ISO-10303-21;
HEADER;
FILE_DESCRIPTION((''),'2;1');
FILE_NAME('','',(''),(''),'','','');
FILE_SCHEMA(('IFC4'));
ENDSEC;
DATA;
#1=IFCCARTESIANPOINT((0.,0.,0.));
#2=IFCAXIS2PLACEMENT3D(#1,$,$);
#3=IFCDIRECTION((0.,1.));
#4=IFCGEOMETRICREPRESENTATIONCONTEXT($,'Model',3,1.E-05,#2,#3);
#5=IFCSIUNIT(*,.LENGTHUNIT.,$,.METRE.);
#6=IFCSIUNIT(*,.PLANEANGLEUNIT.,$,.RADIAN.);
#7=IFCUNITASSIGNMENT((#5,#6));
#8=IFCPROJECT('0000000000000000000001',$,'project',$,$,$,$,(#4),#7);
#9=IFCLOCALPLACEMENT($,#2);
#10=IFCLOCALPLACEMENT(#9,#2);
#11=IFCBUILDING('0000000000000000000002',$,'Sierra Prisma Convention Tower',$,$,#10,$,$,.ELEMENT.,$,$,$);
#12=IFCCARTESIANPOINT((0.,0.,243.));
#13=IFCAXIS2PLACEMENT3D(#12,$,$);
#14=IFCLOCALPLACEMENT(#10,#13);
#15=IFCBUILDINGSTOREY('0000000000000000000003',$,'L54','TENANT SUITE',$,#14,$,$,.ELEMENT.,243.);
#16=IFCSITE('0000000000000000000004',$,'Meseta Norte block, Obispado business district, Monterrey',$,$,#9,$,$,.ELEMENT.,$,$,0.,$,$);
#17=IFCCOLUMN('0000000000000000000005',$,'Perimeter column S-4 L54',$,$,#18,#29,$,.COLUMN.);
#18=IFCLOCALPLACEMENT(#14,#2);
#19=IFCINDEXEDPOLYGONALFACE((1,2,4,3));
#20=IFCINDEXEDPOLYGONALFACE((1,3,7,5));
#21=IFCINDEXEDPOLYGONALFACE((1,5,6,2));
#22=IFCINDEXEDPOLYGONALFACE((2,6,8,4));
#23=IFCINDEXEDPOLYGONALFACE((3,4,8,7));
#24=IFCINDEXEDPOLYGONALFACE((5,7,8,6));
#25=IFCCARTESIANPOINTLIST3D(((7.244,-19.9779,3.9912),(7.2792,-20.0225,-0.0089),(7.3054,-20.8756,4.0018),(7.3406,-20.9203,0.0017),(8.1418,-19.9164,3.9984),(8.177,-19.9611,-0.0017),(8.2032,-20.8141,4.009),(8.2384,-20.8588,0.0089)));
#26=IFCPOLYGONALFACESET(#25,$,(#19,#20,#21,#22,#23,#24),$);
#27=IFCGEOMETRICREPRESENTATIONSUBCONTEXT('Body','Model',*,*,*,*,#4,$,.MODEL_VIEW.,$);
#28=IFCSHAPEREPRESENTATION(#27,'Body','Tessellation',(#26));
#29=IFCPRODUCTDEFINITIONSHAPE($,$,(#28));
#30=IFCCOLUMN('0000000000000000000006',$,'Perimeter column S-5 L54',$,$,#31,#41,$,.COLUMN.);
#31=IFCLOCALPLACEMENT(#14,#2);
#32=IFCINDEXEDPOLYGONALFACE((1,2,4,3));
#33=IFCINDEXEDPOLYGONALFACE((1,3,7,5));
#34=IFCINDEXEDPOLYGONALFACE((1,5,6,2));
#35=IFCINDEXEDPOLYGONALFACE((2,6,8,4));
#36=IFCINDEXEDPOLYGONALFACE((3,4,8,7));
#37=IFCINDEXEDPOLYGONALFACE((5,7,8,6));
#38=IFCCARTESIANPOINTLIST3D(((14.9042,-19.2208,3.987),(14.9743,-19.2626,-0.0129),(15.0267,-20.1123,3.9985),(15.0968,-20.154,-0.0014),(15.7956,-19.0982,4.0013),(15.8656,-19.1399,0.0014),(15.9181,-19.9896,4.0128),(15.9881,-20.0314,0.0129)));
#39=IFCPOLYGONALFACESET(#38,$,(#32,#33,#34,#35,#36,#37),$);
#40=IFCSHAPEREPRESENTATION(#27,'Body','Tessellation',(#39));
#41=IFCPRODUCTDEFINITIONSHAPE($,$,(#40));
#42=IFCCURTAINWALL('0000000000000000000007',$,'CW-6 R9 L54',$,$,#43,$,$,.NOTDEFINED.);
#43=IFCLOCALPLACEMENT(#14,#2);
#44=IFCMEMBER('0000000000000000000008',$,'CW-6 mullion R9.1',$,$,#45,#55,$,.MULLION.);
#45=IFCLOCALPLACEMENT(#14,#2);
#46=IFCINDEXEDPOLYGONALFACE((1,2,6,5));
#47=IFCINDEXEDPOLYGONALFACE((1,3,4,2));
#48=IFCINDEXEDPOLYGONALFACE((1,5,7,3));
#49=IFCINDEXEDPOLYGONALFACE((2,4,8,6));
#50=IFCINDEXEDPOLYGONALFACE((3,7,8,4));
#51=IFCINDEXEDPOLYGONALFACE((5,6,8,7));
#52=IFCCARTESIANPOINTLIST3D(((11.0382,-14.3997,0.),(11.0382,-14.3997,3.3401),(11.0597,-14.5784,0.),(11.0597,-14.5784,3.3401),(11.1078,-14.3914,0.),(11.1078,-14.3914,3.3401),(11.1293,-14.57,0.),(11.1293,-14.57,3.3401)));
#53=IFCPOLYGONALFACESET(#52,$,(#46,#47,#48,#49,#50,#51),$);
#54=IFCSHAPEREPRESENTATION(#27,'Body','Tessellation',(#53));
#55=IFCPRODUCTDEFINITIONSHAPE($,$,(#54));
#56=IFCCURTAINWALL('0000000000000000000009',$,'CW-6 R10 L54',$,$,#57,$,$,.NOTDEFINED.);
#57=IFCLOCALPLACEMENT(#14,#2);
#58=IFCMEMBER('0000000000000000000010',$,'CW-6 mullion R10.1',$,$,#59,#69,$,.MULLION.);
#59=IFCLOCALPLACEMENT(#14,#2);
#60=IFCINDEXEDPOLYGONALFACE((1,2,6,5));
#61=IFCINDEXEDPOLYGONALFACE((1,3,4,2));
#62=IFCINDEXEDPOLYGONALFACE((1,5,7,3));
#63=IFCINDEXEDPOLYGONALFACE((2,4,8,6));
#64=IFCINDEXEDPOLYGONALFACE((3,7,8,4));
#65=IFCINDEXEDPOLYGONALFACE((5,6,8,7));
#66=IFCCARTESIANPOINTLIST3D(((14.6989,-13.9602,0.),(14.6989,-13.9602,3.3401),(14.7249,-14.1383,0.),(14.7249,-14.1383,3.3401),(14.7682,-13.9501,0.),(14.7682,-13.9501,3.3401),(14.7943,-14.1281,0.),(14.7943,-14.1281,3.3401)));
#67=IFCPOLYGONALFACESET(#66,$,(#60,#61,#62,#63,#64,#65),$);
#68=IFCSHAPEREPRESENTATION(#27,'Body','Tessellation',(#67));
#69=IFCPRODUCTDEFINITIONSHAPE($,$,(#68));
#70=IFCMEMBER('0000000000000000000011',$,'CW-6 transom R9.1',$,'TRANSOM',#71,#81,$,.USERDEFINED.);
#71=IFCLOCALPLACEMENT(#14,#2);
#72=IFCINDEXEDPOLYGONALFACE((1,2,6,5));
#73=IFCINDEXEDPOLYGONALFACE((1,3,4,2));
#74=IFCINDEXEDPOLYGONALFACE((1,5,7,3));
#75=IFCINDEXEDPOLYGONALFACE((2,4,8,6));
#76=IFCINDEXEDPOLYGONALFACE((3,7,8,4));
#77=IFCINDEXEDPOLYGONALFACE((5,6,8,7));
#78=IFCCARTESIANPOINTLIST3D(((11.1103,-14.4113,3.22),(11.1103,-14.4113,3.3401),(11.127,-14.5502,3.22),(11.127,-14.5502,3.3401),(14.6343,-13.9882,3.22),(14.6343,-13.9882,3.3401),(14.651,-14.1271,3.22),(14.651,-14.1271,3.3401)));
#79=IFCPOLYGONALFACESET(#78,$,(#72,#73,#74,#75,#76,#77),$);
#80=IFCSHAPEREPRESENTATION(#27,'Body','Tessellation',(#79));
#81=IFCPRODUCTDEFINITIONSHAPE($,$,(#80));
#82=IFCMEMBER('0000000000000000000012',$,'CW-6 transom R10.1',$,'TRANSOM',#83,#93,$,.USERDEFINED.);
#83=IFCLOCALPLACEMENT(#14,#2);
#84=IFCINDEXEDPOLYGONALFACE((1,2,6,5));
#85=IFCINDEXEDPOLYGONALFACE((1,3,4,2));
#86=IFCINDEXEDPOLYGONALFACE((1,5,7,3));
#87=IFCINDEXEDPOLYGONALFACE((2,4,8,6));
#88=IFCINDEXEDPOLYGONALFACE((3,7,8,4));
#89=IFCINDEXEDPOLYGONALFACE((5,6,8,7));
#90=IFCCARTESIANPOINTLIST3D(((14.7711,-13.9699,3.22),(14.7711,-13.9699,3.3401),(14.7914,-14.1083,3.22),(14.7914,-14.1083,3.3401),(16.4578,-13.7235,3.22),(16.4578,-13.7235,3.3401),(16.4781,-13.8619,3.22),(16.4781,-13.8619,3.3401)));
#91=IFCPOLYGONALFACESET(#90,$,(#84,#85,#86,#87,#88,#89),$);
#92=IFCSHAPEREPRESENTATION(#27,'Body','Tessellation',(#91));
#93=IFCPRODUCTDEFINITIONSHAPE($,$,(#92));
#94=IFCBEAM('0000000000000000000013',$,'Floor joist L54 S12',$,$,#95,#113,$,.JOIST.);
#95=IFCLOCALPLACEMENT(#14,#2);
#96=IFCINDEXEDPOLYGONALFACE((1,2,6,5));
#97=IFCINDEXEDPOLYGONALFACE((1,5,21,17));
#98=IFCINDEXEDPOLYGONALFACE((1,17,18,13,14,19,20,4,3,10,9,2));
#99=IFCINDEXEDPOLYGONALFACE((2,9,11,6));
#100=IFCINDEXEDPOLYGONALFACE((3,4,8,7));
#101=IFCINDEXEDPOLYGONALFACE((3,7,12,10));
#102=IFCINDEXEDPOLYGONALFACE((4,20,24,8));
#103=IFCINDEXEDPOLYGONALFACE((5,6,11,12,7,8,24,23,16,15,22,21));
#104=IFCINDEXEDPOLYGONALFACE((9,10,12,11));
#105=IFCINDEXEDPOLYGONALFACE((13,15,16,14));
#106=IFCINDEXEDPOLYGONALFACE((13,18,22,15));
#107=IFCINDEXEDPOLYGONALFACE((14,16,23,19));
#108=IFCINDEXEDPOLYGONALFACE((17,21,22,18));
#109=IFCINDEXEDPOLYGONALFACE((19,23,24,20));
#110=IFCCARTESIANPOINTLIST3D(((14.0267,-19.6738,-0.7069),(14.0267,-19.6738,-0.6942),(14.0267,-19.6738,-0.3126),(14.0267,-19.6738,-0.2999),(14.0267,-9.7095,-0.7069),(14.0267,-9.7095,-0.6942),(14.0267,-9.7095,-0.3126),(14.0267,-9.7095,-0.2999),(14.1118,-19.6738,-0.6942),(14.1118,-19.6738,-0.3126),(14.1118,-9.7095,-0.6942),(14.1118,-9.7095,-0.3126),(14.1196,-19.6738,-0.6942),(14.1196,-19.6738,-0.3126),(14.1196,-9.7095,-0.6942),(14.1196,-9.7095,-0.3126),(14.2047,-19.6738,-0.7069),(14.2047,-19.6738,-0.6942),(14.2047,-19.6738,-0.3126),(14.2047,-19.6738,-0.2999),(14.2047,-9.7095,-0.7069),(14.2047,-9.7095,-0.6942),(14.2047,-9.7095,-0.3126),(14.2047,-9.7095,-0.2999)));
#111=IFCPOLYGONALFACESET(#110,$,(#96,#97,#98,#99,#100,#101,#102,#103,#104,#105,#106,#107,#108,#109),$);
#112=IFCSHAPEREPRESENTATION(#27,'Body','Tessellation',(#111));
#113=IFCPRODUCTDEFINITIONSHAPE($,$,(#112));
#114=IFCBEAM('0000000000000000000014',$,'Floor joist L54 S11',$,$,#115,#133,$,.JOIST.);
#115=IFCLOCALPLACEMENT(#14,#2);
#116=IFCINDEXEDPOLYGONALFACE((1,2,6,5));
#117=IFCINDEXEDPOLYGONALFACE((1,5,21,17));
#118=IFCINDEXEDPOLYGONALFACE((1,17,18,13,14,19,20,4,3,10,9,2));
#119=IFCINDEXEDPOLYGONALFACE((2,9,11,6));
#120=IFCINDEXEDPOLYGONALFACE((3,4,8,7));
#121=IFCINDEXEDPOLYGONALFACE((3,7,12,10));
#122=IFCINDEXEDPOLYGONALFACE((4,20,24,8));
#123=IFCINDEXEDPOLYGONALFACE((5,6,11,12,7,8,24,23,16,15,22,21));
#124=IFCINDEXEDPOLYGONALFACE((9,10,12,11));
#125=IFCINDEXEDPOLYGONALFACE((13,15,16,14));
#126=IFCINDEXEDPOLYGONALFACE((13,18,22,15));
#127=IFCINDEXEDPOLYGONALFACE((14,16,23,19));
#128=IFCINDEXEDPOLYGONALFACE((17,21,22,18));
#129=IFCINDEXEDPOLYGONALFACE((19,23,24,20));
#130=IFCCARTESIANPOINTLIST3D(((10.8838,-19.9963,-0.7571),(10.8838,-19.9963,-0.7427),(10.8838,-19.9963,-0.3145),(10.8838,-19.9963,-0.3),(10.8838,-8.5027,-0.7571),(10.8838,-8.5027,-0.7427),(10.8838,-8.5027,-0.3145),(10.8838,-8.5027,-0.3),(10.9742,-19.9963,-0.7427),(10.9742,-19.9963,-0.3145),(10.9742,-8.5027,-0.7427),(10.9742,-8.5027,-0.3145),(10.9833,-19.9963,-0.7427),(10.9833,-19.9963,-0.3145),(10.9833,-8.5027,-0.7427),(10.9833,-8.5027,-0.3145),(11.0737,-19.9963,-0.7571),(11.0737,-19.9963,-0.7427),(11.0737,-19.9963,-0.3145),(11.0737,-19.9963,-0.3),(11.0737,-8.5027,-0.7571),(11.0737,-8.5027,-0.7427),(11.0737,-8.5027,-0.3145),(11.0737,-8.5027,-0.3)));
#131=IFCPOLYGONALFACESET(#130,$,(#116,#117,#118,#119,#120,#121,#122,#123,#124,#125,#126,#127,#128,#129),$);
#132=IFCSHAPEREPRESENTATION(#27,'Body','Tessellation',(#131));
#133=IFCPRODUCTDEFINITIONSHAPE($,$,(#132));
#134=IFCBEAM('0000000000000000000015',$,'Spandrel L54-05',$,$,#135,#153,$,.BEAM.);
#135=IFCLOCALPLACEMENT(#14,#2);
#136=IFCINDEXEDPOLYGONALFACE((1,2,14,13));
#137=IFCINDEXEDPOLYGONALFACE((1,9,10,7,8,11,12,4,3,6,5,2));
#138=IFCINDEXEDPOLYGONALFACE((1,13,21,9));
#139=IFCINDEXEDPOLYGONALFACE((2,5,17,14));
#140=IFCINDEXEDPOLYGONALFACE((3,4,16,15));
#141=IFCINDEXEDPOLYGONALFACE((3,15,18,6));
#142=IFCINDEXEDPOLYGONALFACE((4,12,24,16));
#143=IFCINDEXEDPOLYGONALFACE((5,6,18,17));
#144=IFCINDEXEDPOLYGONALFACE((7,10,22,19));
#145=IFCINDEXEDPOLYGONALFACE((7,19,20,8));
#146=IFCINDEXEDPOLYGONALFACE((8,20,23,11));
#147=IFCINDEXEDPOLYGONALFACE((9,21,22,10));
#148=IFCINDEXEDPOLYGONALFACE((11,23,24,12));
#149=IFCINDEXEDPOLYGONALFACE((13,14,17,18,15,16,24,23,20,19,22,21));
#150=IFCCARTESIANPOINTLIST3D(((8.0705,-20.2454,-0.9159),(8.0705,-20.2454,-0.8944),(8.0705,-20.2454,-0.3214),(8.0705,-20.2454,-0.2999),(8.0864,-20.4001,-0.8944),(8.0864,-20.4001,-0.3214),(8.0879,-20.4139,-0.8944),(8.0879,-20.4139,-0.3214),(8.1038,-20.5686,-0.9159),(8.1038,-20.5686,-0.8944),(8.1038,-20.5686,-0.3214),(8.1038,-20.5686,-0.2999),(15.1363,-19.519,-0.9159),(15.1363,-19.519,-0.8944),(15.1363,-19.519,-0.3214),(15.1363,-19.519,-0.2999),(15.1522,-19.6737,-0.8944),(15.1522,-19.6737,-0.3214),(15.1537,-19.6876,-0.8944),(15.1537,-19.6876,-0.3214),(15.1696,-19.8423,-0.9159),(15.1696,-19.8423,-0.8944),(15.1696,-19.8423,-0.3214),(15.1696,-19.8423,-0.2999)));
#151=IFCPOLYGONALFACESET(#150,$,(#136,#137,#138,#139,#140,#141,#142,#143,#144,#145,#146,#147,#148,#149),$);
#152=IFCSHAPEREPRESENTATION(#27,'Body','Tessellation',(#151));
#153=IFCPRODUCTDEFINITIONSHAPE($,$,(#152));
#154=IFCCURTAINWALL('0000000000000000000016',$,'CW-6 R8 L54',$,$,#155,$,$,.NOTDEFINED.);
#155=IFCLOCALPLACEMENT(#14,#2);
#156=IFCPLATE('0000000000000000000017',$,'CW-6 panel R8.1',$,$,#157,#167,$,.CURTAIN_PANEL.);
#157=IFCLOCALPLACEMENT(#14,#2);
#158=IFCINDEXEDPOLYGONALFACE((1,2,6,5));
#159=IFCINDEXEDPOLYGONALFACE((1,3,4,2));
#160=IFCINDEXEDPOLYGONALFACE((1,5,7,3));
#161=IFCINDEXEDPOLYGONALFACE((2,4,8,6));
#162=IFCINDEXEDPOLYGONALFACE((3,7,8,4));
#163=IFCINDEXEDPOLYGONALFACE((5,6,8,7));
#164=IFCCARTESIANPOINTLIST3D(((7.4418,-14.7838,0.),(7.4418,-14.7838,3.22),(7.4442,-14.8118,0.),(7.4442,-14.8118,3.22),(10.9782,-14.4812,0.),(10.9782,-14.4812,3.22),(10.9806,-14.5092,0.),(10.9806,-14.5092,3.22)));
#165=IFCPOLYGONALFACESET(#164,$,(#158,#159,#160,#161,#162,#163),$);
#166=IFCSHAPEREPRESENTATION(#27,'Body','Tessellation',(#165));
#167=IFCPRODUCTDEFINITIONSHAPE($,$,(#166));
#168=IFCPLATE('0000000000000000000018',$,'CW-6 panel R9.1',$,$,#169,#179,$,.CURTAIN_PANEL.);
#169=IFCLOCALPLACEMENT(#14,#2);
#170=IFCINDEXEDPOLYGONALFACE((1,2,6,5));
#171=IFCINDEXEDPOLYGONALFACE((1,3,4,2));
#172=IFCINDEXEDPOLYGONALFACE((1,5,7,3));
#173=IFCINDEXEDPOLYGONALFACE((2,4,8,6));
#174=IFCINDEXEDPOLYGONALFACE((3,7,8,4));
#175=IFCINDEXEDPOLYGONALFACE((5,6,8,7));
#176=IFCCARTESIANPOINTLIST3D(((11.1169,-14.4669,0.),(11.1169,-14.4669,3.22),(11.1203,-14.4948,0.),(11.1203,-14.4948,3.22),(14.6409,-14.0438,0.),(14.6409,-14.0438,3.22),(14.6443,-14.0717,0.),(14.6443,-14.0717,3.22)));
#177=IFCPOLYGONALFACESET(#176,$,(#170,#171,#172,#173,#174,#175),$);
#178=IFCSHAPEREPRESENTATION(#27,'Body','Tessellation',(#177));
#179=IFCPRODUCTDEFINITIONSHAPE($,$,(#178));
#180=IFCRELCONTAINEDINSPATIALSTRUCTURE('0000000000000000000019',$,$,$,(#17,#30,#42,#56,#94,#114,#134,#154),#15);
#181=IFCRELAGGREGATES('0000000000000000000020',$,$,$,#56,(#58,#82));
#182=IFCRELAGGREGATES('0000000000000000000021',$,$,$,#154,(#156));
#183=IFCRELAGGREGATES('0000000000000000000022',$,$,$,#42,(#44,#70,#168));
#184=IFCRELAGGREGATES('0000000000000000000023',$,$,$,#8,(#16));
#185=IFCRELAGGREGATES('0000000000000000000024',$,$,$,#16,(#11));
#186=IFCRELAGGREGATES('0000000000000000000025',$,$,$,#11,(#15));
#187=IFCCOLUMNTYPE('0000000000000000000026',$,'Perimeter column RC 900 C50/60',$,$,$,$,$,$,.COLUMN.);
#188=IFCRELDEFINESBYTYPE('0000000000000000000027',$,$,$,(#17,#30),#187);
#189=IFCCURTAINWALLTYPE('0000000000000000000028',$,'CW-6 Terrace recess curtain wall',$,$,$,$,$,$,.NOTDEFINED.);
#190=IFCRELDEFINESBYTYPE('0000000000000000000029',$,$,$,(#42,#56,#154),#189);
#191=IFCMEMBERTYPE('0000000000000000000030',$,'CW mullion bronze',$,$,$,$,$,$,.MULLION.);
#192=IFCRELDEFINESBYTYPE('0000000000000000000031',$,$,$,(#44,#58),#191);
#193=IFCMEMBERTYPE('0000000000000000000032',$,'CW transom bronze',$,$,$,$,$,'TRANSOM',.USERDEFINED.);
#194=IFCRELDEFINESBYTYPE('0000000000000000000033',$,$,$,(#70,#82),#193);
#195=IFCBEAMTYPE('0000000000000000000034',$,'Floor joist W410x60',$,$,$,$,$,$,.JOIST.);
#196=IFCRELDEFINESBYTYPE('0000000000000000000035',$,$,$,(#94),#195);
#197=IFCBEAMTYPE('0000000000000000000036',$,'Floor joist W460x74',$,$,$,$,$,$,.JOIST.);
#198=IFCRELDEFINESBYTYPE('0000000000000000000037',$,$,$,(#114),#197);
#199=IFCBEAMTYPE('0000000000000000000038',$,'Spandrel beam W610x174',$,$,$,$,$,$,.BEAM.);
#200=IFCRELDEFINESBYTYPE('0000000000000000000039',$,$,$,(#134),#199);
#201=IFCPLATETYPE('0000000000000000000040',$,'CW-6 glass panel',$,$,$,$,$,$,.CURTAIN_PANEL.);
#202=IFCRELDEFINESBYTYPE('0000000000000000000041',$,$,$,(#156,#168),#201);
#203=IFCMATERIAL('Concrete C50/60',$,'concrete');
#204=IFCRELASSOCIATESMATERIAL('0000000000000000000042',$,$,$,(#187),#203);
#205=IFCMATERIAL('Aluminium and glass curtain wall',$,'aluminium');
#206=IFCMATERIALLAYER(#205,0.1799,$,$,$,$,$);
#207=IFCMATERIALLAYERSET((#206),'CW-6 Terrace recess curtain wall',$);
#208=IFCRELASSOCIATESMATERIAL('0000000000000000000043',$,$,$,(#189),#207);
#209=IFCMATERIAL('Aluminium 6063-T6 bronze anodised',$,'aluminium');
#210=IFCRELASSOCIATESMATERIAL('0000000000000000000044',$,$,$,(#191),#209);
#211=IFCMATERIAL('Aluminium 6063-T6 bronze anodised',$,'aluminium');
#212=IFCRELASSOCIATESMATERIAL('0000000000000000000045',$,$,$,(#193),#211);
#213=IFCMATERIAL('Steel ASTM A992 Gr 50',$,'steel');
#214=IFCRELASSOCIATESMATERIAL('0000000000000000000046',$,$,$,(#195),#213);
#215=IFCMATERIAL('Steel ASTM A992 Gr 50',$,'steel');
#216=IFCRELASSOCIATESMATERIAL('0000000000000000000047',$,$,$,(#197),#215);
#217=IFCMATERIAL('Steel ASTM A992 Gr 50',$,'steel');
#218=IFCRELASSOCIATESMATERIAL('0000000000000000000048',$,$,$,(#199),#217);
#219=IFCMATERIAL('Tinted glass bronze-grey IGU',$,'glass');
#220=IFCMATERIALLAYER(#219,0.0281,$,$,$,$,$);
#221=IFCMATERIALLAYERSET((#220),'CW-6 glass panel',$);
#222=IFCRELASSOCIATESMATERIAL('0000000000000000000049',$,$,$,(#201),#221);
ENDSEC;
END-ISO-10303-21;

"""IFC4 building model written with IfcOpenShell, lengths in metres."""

from ifc_helpers import new_model, si_unit, direction, frame, origin, origin_2d, place, context, subcontext, project, spatial, rectangle, i_section, extrude, material, layer, layer_set, material_profile, profile_set, type_object, element, aggregate, save


model = new_model("IFC4")

# Units and contexts
model_context = context("Model", 3, precision=1e-05, world=origin(), true_north=direction((0.0, 1.0)))
body_context = subcontext(model_context, "Body", "Model", "MODEL_VIEW")
ifc_project = project(units=[si_unit("LENGTHUNIT", "METRE"), si_unit("PLANEANGLEUNIT", "RADIAN")], contexts=[model_context])

# Site, building, storey
site_placement = place(None, origin())
site = spatial("IfcSite", under=ifc_project, at=site_placement, Name="Meseta Norte block, Obispado business district, Monterrey", CompositionType="ELEMENT", RefElevation=0.0)
building_placement = place(site_placement, origin())
building = spatial("IfcBuilding", under=site, at=building_placement, Name="Sierra Prisma Convention Tower", CompositionType="ELEMENT")
storey_placement = place(building_placement, frame((0.0, 0.0, 243.0)))
storey = spatial("IfcBuildingStorey", under=building, at=storey_placement, Name="L54", Description="TENANT SUITE", CompositionType="ELEMENT", Elevation=243.0)

# Columns
ifc_material_1 = material(Name="Concrete C50/60", Category="concrete")
ifc_material_profile_1 = material_profile(ifc_material_1, rectangle(XDim=0.8999, YDim=0.8999, at=origin_2d()), Name="Perimeter column RC 900 C50/60")
ifc_profile_set_1 = profile_set([ifc_material_profile_1], Name="Concrete C50/60")
column_type = type_object("IfcColumnType", Name="Perimeter column RC 900 C50/60", PredefinedType="COLUMN", material=ifc_profile_set_1)
column_1_placement = place(storey_placement, frame((7.7588, -20.4407, 0.0), z_axis=(-0.008788, 0.011168, 0.999899), x_axis=(0.997631, 0.068328, 0.008005)))
element("IfcColumn", 1, at=column_1_placement, inside=storey, type_object=column_type, Name="Perimeter column S-4 L54", PredefinedType="COLUMN", context=body_context, shape_type="SweptSolid", body=[
    extrude(rectangle(XDim=0.8999, YDim=0.8999, at=origin_2d()), origin(), (0.0, 0.0, 1.0), 4.0005),
])
column_2_placement = place(storey_placement, frame((15.4812, -19.647, 0.0), z_axis=(-0.017513, 0.010435, 0.999792), x_axis=(0.990536, 0.136323, 0.015929)))
element("IfcColumn", 2, at=column_2_placement, inside=storey, type_object=column_type, Name="Perimeter column S-5 L54", PredefinedType="COLUMN", context=body_context, shape_type="SweptSolid", body=[
    extrude(rectangle(XDim=0.8999, YDim=0.8999, at=origin_2d()), origin(), (0.0, 0.0, 1.0), 4.0007),
])

# Curtain walls, members
ifc_material_2 = material(Name="Aluminium and glass curtain wall", Category="aluminium")
ifc_layer_1 = layer(ifc_material_2, 0.1799)
ifc_layer_set_1 = layer_set([ifc_layer_1], Name="CW-6 Terrace recess curtain wall")
curtain_wall_type = type_object("IfcCurtainWallType", Name="CW-6 Terrace recess curtain wall", PredefinedType="NOTDEFINED", material=ifc_layer_set_1)
curtain_wall_1_placement = place(storey_placement, origin())
curtain_wall_1 = element("IfcCurtainWall", 3, at=curtain_wall_1_placement, inside=storey, type_object=curtain_wall_type, Name="CW-6 R9 L54", PredefinedType="NOTDEFINED")
ifc_material_3 = material(Name="Aluminium 6063-T6 bronze anodised", Category="aluminium")
ifc_material_profile_2 = material_profile(ifc_material_3, rectangle(XDim=0.1799, YDim=0.0701, at=origin_2d()), Name="ALU MULLION 70x180")
ifc_profile_set_2 = profile_set([ifc_material_profile_2], Name="Aluminium 6063-T6 bronze anodised")
member_type_1 = type_object("IfcMemberType", Name="CW mullion bronze", PredefinedType="MULLION", material=ifc_profile_set_2)
member_1_placement = place(storey_placement, frame((11.0837, -14.4849, 0.0), z_axis=(0.0, 0.0, 1.0), x_axis=(-0.119218, 0.992868, 0.0)))
member_1 = element("IfcMember", 4, at=member_1_placement, type_object=member_type_1, Name="CW-6 mullion R9.1", PredefinedType="MULLION", context=body_context, shape_type="SweptSolid", body=[
    extrude(rectangle(XDim=0.1799, YDim=0.0701, at=origin_2d()), origin(), (0.0, 0.0, 1.0), 3.3401),
])
curtain_wall_2_placement = place(storey_placement, origin())
curtain_wall_2 = element("IfcCurtainWall", 5, at=curtain_wall_2_placement, inside=storey, type_object=curtain_wall_type, Name="CW-6 R10 L54", PredefinedType="NOTDEFINED")
member_2_placement = place(storey_placement, frame((14.7466, -14.0442, 0.0), z_axis=(0.0, 0.0, 1.0), x_axis=(-0.144601, 0.98949, 0.0)))
member_2 = element("IfcMember", 6, at=member_2_placement, type_object=member_type_1, Name="CW-6 mullion R10.1", PredefinedType="MULLION", context=body_context, shape_type="SweptSolid", body=[
    extrude(rectangle(XDim=0.1799, YDim=0.0701, at=origin_2d()), origin(), (0.0, 0.0, 1.0), 3.3401),
])

# Members
ifc_material_4 = material(Name="Aluminium 6063-T6 bronze anodised", Category="aluminium")
ifc_material_profile_3 = material_profile(ifc_material_4, rectangle(XDim=0.1399, YDim=0.1201, at=origin_2d()), Name="ALU TRANSOM 120x140")
ifc_profile_set_3 = profile_set([ifc_material_profile_3], Name="Aluminium 6063-T6 bronze anodised")
member_type_2 = type_object("IfcMemberType", Name="CW transom bronze", ElementType="TRANSOM", PredefinedType="USERDEFINED", material=ifc_profile_set_3)
member_3_placement = place(storey_placement, frame((11.1187, -14.4807, 3.28), z_axis=(0.992869, 0.119208, 0.0), x_axis=(-0.119208, 0.992869, 0.0)))
member_3 = element("IfcMember", 7, at=member_3_placement, type_object=member_type_2, Name="CW-6 transom R9.1", ObjectType="TRANSOM", PredefinedType="USERDEFINED", context=body_context, shape_type="SweptSolid", body=[
    extrude(rectangle(XDim=0.1399, YDim=0.1201, at=origin_2d()), origin(), (0.0, 0.0, 1.0), 3.5493),
])
member_4_placement = place(storey_placement, frame((14.7812, -14.0391, 3.28), z_axis=(0.989504, 0.144508, 0.0), x_axis=(-0.144508, 0.989504, 0.0)))
member_4 = element("IfcMember", 8, at=member_4_placement, type_object=member_type_2, Name="CW-6 transom R10.1", ObjectType="TRANSOM", PredefinedType="USERDEFINED", context=body_context, shape_type="SweptSolid", body=[
    extrude(rectangle(XDim=0.1399, YDim=0.1201, at=origin_2d()), origin(), (0.0, 0.0, 1.0), 1.7046),
])
aggregate(curtain_wall_2, [member_2, member_4])

# Beams
ifc_material_5 = material(Name="Steel ASTM A992 Gr 50", Category="steel")
ifc_material_profile_4 = material_profile(ifc_material_5, i_section(OverallWidth=0.178, OverallDepth=0.407, WebThickness=0.0078, FlangeThickness=0.0127, at=origin_2d()), Name="W410x60")
ifc_profile_set_4 = profile_set([ifc_material_profile_4], Name="Steel ASTM A992 Gr 50")
beam_type_1 = type_object("IfcBeamType", Name="Floor joist W410x60", PredefinedType="JOIST", material=ifc_profile_set_4)
beam_1_placement = place(storey_placement, frame((14.1157, -19.6738, -0.5034), z_axis=(0.0, 1.0, 0.0), x_axis=(-1.0, 0.0, 0.0)))
element("IfcBeam", 9, at=beam_1_placement, inside=storey, type_object=beam_type_1, Name="Floor joist L54 S12", PredefinedType="JOIST", context=body_context, shape_type="SweptSolid", body=[
    extrude(i_section(OverallWidth=0.178, OverallDepth=0.407, WebThickness=0.0078, FlangeThickness=0.0127, at=origin_2d()), origin(), (0.0, 0.0, 1.0), 9.9644),
])
ifc_material_6 = material(Name="Steel ASTM A992 Gr 50", Category="steel")
ifc_material_profile_5 = material_profile(ifc_material_6, i_section(OverallWidth=0.1899, OverallDepth=0.457, WebThickness=0.009, FlangeThickness=0.0144, at=origin_2d()), Name="W460x74")
ifc_profile_set_5 = profile_set([ifc_material_profile_5], Name="Steel ASTM A992 Gr 50")
beam_type_2 = type_object("IfcBeamType", Name="Floor joist W460x74", PredefinedType="JOIST", material=ifc_profile_set_5)
beam_2_placement = place(storey_placement, frame((10.9788, -19.9963, -0.5286), z_axis=(0.0, 1.0, 0.0), x_axis=(-1.0, 0.0, 0.0)))
element("IfcBeam", 10, at=beam_2_placement, inside=storey, type_object=beam_type_2, Name="Floor joist L54 S11", PredefinedType="JOIST", context=body_context, shape_type="SweptSolid", body=[
    extrude(i_section(OverallWidth=0.1899, OverallDepth=0.457, WebThickness=0.009, FlangeThickness=0.0144, at=origin_2d()), origin(), (0.0, 0.0, 1.0), 11.4937),
])
ifc_material_7 = material(Name="Steel ASTM A992 Gr 50", Category="steel")
ifc_material_profile_6 = material_profile(ifc_material_7, i_section(OverallWidth=0.325, OverallDepth=0.616, WebThickness=0.0139, FlangeThickness=0.0215, at=origin_2d()), Name="W610x174")
ifc_profile_set_6 = profile_set([ifc_material_profile_6], Name="Steel ASTM A992 Gr 50")
beam_type_3 = type_object("IfcBeamType", Name="Spandrel beam W610x174", PredefinedType="BEAM", material=ifc_profile_set_6)
beam_3_placement = place(storey_placement, frame((8.0872, -20.407, -0.6079), z_axis=(0.994758, 0.102256, 0.0), x_axis=(-0.102256, 0.994758, 0.0)))
element("IfcBeam", 11, at=beam_3_placement, inside=storey, type_object=beam_type_3, Name="Spandrel L54-05", PredefinedType="BEAM", context=body_context, shape_type="SweptSolid", body=[
    extrude(i_section(OverallWidth=0.325, OverallDepth=0.616, WebThickness=0.0139, FlangeThickness=0.0215, at=origin_2d()), origin(), (0.0, 0.0, 1.0), 7.103),
])

# Curtain wall, plate
curtain_wall_3_placement = place(storey_placement, origin())
curtain_wall_3 = element("IfcCurtainWall", 12, at=curtain_wall_3_placement, inside=storey, type_object=curtain_wall_type, Name="CW-6 R8 L54", PredefinedType="NOTDEFINED")
ifc_material_8 = material(Name="Tinted glass bronze-grey IGU", Category="glass")
ifc_layer_2 = layer(ifc_material_8, 0.0281)
ifc_layer_set_2 = layer_set([ifc_layer_2], Name="CW-6 glass panel")
plate_type = type_object("IfcPlateType", Name="CW-6 glass panel", PredefinedType="CURTAIN_PANEL", material=ifc_layer_set_2)
plate_1_placement = place(storey_placement, frame((9.2112, -14.6465, 0.0), z_axis=(0.0, 0.0, 1.0), x_axis=(0.996359, 0.085255, 0.0)))
plate_1 = element("IfcPlate", 13, at=plate_1_placement, type_object=plate_type, Name="CW-6 panel R8.1", PredefinedType="CURTAIN_PANEL", context=body_context, shape_type="SweptSolid", body=[
    extrude(rectangle(XDim=3.5493, YDim=0.0281, at=origin_2d()), origin(), (0.0, 0.0, 1.0), 3.22),
])
aggregate(curtain_wall_3, [plate_1])

# Plate
plate_2_placement = place(storey_placement, frame((12.8806, -14.2693, 0.0), z_axis=(0.0, 0.0, 1.0), x_axis=(0.992868, 0.119218, 0.0)))
plate_2 = element("IfcPlate", 14, at=plate_2_placement, type_object=plate_type, Name="CW-6 panel R9.1", PredefinedType="CURTAIN_PANEL", context=body_context, shape_type="SweptSolid", body=[
    extrude(rectangle(XDim=3.5493, YDim=0.0281, at=origin_2d()), origin(), (0.0, 0.0, 1.0), 3.22),
])
aggregate(curtain_wall_1, [member_1, member_3, plate_2])

save(model, "model.ifc")
